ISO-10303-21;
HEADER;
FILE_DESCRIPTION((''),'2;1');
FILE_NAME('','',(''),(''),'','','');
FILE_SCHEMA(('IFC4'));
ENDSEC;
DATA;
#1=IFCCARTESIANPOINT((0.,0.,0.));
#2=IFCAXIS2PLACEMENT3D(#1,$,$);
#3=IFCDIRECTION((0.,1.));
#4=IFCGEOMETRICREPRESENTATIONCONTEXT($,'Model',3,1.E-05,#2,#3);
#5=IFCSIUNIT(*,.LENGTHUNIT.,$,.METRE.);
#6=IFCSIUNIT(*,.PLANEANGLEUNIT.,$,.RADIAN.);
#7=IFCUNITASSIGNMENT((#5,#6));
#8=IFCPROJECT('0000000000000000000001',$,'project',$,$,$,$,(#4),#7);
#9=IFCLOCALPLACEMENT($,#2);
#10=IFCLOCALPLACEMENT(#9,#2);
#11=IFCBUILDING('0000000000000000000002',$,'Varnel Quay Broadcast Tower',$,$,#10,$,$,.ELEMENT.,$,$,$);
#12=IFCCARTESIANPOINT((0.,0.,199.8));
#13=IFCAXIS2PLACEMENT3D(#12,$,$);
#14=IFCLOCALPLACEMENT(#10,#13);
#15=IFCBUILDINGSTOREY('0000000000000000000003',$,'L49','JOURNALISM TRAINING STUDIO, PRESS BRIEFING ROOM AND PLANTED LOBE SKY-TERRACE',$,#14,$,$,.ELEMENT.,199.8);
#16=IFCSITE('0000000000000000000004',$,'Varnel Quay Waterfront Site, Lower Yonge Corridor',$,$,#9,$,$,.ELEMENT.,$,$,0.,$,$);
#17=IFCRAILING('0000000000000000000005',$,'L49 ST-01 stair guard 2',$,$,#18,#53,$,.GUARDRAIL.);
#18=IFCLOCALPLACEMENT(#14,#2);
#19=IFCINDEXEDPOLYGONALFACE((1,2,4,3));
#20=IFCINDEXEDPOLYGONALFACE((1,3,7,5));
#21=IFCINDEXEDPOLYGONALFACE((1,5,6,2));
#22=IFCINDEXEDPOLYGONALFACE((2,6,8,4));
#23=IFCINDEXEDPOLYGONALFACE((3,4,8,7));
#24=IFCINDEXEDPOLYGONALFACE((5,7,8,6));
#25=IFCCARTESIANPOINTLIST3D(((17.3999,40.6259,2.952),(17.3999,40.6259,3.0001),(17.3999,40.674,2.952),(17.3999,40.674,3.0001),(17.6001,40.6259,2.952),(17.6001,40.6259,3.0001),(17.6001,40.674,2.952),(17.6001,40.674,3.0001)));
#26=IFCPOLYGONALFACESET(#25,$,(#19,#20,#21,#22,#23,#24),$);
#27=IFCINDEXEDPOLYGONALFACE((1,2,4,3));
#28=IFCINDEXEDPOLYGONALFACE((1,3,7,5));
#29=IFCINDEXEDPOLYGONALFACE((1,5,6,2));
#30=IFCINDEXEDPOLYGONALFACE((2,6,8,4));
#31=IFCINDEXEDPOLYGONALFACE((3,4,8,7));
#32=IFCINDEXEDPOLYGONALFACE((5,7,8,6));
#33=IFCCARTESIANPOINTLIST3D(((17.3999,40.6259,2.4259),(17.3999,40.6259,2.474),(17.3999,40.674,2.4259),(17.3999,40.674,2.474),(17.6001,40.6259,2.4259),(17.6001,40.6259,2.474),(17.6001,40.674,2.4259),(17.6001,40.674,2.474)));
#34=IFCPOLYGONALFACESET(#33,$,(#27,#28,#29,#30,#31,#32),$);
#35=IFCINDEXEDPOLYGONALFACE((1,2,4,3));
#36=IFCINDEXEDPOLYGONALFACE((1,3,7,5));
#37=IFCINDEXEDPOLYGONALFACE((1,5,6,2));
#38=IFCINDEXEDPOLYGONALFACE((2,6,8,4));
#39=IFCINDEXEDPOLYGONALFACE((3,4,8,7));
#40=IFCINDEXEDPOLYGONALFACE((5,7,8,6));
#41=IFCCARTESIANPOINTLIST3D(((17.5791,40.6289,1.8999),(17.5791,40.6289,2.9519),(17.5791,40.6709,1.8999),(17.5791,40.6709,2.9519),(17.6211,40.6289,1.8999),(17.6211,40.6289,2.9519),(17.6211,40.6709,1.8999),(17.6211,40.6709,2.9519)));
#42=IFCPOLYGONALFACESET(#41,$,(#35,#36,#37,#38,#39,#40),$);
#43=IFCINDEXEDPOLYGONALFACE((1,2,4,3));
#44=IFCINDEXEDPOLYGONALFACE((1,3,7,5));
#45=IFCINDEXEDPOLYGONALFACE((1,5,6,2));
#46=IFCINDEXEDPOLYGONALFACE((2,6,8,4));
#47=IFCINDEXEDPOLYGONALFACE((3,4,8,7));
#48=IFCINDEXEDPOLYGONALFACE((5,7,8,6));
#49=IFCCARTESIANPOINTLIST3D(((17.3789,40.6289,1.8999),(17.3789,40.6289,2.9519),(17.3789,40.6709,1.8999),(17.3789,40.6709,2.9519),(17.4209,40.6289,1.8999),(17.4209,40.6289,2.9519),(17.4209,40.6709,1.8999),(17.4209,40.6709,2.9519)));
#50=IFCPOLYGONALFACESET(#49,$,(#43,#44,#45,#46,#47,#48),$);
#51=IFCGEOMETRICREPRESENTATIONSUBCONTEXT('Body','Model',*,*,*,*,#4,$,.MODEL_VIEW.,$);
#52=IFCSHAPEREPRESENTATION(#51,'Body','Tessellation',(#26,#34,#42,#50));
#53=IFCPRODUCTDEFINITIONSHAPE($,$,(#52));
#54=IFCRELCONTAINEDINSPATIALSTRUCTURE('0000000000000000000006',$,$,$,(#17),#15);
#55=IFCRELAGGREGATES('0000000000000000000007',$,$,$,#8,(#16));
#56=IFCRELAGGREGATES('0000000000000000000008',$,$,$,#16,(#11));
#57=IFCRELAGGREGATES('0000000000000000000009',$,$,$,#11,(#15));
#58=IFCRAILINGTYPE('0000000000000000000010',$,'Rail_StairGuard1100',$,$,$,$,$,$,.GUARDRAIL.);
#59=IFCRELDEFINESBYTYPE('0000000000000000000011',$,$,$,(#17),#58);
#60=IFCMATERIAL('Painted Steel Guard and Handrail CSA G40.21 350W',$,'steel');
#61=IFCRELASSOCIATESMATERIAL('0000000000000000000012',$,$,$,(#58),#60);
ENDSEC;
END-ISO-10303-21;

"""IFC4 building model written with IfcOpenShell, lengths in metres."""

from ifc_helpers import new_model, si_unit, direction, frame, origin, origin_2d, place, context, subcontext, project, spatial, rectangle, extrude, material, type_object, element, save


model = new_model("IFC4")

# Units and contexts
model_context = context("Model", 3, precision=1e-05, world=origin(), true_north=direction((0.0, 1.0)))
body_context = subcontext(model_context, "Body", "Model", "MODEL_VIEW")
ifc_project = project(units=[si_unit("LENGTHUNIT", "METRE"), si_unit("PLANEANGLEUNIT", "RADIAN")], contexts=[model_context])

# Site, building, storey
site_placement = place(None, origin())
site = spatial("IfcSite", under=ifc_project, at=site_placement, Name="Varnel Quay Waterfront Site, Lower Yonge Corridor", CompositionType="ELEMENT", RefElevation=0.0)
building_placement = place(site_placement, origin())
building = spatial("IfcBuilding", under=site, at=building_placement, Name="Varnel Quay Broadcast Tower", CompositionType="ELEMENT")
storey_placement = place(building_placement, frame((0.0, 0.0, 199.8)))
storey = spatial("IfcBuildingStorey", under=building, at=storey_placement, Name="L49", Description="JOURNALISM TRAINING STUDIO, PRESS BRIEFING ROOM AND PLANTED LOBE SKY-TERRACE", CompositionType="ELEMENT", Elevation=199.8)

# Railing
ifc_material_1 = material(Name="Painted Steel Guard and Handrail CSA G40.21 350W", Category="steel")
railing_type = type_object("IfcRailingType", Name="Rail_StairGuard1100", PredefinedType="GUARDRAIL", material=ifc_material_1)
railing_placement = place(storey_placement, frame((17.6001, 40.6499, 1.8999)))
element("IfcRailing", 1, at=railing_placement, inside=storey, type_object=railing_type, Name="L49 ST-01 stair guard 2", PredefinedType="GUARDRAIL", context=body_context, shape_type="SweptSolid", body=[
    extrude(rectangle(XDim=0.0481, YDim=0.0481, at=origin_2d()), frame((0.0, 0.0, 1.0762), z_axis=(-1.0, 0.0, 0.0), x_axis=(0.0, -1.0, 0.0)), (0.0, 0.0, 1.0), 0.2002),
    extrude(rectangle(XDim=0.0481, YDim=0.0481, at=origin_2d()), frame((0.0, 0.0, 0.55), z_axis=(-1.0, 0.0, 0.0), x_axis=(0.0, -1.0, 0.0)), (0.0, 0.0, 1.0), 0.2002),
    extrude(rectangle(XDim=0.042, YDim=0.042, at=origin_2d()), origin(), (0.0, 0.0, 1.0), 1.052),
    extrude(rectangle(XDim=0.042, YDim=0.042, at=origin_2d()), frame((-0.2002, 0.0, 0.0)), (0.0, 0.0, 1.0), 1.052),
])

save(model, "model.ifc")
